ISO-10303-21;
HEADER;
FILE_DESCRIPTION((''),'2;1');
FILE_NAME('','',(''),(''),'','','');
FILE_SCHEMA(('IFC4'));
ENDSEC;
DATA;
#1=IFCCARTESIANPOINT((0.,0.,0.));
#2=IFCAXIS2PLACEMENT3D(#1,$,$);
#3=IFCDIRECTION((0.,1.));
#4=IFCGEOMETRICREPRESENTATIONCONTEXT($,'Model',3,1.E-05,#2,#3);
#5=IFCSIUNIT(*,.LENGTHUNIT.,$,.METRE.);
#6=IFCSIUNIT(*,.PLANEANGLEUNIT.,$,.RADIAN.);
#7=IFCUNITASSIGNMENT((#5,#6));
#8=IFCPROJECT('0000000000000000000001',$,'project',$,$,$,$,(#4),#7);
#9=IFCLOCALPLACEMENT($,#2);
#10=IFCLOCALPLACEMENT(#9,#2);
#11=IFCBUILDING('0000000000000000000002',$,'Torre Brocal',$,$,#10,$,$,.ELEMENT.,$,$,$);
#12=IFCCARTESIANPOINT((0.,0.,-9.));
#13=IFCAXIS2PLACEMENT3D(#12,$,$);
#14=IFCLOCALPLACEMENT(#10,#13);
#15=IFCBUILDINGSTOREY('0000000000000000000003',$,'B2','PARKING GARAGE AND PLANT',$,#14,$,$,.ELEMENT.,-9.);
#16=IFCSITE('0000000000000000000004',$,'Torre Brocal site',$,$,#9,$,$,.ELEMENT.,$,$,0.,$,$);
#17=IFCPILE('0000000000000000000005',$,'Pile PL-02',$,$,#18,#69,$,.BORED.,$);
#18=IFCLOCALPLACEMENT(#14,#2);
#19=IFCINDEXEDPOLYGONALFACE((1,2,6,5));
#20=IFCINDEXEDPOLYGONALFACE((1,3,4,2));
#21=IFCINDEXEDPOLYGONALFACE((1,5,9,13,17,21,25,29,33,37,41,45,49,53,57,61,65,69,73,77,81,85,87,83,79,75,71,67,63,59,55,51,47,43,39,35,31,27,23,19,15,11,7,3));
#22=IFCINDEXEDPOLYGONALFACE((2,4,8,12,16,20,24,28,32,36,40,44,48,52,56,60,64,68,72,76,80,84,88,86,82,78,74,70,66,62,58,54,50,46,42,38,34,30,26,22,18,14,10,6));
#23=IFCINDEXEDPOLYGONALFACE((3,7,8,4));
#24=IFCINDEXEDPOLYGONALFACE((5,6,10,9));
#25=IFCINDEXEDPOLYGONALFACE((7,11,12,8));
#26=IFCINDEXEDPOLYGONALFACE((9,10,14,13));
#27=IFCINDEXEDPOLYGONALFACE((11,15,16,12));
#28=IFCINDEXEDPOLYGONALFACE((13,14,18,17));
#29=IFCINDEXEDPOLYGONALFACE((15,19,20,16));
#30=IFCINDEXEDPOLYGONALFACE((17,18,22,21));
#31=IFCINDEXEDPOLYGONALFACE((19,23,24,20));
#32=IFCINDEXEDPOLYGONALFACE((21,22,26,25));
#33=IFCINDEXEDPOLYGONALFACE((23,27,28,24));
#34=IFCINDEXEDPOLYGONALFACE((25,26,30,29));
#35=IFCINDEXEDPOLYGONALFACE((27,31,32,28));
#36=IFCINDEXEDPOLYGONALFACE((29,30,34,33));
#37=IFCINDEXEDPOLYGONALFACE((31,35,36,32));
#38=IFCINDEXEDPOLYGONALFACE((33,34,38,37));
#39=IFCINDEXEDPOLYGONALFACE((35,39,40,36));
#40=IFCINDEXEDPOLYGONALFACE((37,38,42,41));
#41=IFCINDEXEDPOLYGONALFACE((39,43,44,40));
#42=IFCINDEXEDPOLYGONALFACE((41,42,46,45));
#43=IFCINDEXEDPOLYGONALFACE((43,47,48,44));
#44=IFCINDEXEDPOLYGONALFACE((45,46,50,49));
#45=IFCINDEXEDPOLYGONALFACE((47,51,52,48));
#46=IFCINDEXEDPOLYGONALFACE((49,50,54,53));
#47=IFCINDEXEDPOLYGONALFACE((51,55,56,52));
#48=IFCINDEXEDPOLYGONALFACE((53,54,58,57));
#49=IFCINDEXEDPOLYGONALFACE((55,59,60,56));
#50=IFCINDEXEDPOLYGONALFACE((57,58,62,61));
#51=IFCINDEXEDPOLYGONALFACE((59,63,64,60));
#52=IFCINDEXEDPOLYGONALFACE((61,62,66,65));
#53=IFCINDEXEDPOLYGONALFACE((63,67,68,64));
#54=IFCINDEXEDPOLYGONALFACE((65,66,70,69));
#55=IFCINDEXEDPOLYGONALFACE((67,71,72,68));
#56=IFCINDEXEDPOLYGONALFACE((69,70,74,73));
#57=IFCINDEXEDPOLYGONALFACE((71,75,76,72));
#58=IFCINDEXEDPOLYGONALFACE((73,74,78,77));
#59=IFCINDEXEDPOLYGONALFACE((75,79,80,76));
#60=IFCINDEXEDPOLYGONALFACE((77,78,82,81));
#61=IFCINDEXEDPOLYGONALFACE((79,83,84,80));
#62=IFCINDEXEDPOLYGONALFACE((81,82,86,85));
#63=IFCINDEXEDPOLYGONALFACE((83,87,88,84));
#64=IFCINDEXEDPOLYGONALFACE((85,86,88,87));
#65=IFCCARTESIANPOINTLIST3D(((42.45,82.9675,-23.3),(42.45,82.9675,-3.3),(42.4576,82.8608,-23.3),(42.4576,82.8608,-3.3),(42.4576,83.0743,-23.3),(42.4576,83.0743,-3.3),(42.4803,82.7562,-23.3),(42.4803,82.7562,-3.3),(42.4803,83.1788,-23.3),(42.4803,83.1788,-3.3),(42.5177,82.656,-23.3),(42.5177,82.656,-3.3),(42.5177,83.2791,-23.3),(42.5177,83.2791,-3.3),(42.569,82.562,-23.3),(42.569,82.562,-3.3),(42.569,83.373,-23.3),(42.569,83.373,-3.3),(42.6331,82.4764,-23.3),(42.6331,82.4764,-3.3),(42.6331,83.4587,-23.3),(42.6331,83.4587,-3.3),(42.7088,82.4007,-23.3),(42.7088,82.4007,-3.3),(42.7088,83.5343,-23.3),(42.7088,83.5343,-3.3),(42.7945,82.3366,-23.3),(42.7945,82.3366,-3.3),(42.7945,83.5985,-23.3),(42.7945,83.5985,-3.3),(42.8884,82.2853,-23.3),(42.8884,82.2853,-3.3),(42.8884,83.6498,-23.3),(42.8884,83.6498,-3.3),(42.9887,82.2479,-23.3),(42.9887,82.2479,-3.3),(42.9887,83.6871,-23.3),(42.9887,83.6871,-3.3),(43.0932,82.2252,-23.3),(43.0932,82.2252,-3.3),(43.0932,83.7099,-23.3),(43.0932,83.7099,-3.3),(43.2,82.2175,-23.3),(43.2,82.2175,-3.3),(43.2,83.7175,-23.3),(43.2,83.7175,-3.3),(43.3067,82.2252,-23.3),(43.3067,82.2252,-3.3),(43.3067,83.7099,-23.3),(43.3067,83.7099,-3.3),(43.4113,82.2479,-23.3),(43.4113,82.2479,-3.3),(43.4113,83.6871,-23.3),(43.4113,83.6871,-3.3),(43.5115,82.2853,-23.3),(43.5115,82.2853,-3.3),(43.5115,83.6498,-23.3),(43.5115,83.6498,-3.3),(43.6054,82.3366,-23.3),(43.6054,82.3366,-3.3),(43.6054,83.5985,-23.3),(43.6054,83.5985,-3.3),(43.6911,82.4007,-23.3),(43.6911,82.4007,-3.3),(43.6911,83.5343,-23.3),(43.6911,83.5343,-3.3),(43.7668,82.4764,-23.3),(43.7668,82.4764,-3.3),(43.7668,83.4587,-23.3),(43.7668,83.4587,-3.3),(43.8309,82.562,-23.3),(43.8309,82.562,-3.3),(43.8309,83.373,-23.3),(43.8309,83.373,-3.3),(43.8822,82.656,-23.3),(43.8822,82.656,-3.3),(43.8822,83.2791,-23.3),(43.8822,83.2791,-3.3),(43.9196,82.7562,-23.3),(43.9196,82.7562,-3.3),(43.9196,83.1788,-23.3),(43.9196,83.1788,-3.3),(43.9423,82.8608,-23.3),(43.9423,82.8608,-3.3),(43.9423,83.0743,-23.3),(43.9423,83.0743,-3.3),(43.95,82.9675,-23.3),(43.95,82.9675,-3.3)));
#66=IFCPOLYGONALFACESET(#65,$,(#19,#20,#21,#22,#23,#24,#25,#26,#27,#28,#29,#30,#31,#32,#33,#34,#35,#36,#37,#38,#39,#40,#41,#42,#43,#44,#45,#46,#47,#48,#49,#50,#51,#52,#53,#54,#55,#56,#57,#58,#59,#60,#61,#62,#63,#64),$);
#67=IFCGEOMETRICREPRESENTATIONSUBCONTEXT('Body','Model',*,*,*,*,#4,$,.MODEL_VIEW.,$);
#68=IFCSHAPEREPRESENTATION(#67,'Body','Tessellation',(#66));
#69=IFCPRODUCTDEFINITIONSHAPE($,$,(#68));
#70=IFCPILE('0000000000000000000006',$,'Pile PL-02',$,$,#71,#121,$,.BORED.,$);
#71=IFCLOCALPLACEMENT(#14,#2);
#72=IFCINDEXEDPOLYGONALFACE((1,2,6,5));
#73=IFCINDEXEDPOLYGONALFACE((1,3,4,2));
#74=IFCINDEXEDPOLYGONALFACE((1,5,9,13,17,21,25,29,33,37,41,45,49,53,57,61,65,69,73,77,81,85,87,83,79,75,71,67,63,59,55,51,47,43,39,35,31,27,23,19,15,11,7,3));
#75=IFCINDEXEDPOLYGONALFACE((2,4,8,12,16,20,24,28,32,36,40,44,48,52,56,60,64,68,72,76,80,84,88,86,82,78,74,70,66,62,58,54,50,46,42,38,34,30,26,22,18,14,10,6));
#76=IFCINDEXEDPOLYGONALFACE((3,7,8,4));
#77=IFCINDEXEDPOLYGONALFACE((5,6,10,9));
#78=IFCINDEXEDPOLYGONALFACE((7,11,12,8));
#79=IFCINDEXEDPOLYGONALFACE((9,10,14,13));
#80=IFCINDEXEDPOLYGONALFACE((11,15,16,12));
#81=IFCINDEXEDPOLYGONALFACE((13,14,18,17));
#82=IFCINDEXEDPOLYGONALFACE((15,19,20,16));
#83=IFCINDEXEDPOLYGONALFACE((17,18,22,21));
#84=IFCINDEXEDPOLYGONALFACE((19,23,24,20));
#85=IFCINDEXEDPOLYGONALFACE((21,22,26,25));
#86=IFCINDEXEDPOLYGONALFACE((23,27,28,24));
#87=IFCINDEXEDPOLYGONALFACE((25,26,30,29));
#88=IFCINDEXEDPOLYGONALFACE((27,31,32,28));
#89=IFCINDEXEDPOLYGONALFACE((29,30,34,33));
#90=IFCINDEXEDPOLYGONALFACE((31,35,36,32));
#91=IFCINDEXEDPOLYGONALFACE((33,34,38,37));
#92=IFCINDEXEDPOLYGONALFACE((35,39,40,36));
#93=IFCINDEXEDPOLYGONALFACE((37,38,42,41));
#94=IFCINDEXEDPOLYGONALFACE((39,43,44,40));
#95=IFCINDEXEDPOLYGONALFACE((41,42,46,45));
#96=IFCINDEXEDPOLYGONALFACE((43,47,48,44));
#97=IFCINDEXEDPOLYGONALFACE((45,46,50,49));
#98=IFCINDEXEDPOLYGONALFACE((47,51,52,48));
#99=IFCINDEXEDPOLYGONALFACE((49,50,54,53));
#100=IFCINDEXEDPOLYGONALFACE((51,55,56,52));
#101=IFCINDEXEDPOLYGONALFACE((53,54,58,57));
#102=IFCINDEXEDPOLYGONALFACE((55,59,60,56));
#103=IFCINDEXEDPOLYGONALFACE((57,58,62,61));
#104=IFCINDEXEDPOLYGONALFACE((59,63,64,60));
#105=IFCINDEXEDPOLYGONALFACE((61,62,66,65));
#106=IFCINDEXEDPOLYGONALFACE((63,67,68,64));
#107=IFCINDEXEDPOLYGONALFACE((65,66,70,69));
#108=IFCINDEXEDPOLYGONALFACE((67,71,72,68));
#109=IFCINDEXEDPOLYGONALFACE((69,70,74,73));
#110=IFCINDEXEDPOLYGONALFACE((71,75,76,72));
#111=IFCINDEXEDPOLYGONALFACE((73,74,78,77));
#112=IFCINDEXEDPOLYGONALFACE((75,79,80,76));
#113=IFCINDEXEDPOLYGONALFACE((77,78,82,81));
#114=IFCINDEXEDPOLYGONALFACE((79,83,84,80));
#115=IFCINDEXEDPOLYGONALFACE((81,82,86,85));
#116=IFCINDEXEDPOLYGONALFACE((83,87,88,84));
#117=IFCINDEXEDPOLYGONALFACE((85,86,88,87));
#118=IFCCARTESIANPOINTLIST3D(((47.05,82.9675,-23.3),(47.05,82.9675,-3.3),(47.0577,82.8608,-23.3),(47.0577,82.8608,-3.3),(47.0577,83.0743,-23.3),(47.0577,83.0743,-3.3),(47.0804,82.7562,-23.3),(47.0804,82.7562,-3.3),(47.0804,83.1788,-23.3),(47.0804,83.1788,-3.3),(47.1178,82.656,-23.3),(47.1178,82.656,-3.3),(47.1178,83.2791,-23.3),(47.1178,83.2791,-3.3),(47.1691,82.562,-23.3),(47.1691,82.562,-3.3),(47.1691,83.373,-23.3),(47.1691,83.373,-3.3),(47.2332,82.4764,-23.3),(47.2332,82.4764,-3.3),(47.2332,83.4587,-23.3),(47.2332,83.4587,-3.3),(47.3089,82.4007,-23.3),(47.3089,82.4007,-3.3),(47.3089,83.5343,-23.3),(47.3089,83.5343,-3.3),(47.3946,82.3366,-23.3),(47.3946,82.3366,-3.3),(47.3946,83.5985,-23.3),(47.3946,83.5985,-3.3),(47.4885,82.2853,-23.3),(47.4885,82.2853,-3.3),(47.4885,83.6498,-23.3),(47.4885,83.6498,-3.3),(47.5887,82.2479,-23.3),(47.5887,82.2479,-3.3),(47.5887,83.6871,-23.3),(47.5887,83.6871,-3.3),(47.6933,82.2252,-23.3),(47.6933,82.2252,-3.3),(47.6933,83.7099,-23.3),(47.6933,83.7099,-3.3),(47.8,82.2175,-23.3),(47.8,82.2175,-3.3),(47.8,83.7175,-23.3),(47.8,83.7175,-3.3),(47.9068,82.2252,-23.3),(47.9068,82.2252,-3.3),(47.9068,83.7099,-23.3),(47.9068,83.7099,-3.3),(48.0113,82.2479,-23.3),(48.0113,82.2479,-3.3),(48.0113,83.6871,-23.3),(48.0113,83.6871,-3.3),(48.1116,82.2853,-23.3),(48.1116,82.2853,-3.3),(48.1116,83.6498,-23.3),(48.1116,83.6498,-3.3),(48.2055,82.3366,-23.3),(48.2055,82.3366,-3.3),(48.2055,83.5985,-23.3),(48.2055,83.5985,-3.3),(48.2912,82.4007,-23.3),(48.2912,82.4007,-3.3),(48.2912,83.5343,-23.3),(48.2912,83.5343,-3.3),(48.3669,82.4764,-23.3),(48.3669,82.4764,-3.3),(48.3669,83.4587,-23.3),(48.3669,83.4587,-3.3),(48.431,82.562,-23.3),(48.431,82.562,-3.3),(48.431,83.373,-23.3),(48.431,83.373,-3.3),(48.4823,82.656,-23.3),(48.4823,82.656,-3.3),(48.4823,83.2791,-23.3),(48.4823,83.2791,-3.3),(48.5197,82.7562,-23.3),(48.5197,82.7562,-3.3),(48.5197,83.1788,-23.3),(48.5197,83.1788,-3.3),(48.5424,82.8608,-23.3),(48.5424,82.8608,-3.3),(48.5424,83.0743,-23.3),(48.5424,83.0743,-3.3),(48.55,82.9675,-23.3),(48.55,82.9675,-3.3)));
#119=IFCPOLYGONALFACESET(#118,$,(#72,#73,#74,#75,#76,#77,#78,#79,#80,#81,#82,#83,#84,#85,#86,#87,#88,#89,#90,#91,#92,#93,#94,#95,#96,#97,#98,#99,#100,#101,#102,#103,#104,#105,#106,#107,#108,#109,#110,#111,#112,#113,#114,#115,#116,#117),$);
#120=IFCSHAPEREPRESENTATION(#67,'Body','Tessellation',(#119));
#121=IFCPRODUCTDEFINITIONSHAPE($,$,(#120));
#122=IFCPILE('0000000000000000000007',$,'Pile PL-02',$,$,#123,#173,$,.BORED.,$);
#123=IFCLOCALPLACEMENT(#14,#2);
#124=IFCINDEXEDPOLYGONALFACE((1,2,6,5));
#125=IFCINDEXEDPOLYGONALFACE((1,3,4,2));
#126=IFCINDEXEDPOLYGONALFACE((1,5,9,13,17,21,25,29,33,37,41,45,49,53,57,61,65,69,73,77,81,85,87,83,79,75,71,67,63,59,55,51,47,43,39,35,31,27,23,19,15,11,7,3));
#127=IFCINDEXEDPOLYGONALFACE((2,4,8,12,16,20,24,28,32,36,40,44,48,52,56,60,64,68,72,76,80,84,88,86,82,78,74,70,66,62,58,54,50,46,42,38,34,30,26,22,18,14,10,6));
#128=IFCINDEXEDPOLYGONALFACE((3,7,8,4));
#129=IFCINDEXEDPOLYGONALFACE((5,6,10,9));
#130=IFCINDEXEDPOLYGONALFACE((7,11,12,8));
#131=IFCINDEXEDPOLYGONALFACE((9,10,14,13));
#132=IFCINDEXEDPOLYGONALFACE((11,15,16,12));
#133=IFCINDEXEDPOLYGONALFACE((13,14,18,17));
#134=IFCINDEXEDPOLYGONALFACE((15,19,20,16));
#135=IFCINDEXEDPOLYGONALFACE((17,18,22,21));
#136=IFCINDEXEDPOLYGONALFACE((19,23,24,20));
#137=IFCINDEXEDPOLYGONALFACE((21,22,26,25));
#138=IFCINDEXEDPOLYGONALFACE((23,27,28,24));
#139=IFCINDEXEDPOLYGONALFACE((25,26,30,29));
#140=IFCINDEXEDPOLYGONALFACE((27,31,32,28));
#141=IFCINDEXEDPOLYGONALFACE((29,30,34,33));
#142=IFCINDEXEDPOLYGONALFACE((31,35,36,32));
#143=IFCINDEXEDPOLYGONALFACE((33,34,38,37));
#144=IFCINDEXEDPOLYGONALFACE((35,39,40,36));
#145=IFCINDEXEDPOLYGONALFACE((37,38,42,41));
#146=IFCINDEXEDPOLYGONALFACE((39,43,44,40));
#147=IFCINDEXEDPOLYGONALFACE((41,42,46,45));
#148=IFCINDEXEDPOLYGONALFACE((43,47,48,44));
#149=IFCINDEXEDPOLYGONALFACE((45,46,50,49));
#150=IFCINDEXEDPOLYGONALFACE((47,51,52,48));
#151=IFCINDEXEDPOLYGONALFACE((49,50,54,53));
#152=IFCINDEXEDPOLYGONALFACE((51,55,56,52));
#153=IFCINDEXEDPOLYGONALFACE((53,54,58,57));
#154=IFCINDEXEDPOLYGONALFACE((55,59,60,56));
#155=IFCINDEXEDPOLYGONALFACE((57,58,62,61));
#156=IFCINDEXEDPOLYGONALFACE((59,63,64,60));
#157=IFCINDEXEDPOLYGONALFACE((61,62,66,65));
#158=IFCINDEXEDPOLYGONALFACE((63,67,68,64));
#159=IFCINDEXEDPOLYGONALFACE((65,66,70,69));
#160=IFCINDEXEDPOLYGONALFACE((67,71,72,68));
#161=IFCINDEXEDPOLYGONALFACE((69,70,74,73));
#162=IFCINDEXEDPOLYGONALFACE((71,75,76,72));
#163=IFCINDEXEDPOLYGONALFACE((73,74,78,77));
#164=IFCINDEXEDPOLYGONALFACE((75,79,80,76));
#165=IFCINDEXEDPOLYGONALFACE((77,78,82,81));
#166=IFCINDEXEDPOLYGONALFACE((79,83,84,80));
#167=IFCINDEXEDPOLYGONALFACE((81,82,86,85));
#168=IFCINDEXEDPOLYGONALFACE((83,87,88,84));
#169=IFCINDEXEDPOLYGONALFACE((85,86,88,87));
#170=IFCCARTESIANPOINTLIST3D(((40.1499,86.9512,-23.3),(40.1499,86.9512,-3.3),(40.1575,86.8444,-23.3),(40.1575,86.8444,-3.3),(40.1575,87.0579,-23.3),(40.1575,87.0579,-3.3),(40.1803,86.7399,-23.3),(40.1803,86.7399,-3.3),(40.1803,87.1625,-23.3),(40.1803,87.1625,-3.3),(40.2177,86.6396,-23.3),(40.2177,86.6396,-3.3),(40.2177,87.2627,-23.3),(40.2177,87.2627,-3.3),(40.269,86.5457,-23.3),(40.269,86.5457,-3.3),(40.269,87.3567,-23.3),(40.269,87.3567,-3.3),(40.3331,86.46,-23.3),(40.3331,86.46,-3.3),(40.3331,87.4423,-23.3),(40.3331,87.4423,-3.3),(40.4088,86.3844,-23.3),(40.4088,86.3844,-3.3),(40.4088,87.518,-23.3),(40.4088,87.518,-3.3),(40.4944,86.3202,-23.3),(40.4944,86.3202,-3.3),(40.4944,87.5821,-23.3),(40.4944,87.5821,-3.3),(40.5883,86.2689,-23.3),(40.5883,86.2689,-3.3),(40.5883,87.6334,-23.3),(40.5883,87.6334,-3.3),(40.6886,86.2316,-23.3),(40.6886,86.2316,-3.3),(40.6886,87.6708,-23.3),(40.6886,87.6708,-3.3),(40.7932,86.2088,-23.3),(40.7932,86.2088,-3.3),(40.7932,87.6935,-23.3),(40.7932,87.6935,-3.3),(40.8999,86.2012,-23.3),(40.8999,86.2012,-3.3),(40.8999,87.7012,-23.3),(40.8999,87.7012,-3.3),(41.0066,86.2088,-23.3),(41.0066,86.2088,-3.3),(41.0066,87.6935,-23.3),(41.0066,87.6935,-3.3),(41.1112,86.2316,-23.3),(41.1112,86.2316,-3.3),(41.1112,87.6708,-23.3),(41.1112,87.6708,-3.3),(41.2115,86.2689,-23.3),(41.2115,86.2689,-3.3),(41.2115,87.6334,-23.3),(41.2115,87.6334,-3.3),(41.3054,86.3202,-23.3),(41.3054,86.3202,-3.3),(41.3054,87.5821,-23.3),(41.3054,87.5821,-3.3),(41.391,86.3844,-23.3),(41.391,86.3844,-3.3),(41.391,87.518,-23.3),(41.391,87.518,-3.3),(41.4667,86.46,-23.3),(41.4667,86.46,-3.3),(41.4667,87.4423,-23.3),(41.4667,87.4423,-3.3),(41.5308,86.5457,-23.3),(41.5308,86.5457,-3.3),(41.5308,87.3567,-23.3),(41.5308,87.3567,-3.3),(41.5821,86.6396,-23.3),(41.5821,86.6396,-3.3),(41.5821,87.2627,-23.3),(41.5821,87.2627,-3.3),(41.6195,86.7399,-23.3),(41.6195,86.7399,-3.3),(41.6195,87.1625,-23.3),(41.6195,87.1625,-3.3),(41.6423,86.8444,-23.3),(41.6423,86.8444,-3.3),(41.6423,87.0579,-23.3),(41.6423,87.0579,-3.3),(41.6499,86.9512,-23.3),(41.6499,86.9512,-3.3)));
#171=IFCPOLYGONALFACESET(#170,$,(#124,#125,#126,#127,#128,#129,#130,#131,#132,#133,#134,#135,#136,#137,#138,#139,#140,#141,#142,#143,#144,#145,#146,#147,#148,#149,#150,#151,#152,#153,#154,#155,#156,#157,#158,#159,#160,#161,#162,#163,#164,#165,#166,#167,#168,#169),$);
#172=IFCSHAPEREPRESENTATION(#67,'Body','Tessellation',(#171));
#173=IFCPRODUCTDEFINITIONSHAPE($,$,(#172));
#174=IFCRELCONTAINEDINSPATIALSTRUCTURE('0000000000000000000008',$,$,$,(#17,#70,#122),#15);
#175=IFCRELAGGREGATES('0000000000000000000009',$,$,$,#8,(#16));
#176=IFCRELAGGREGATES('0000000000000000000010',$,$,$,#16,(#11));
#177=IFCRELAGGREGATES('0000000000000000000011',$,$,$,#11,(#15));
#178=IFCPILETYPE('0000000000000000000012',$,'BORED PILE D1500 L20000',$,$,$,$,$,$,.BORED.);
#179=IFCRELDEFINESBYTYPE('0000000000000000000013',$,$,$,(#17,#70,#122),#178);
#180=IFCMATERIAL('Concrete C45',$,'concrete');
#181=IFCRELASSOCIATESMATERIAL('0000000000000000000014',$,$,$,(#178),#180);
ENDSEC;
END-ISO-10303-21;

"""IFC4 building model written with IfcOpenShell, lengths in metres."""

from ifc_helpers import new_model, si_unit, direction, frame, origin, origin_2d, place, context, subcontext, project, spatial, circle, extrude, material, material_profile, profile_set, type_object, element, save


model = new_model("IFC4")

# Units and contexts
model_context = context("Model", 3, precision=1e-05, world=origin(), true_north=direction((0.0, 1.0)))
body_context = subcontext(model_context, "Body", "Model", "MODEL_VIEW")
ifc_project = project(units=[si_unit("LENGTHUNIT", "METRE"), si_unit("PLANEANGLEUNIT", "RADIAN")], contexts=[model_context])

# Site, building, storey
site_placement = place(None, origin())
site = spatial("IfcSite", under=ifc_project, at=site_placement, Name="Torre Brocal site", CompositionType="ELEMENT", RefElevation=0.0)
building_placement = place(site_placement, origin())
building = spatial("IfcBuilding", under=site, at=building_placement, Name="Torre Brocal", CompositionType="ELEMENT")
storey_placement = place(building_placement, frame((0.0, 0.0, -9.0)))
storey = spatial("IfcBuildingStorey", under=building, at=storey_placement, Name="B2", Description="PARKING GARAGE AND PLANT", CompositionType="ELEMENT", Elevation=-9.0)

# Piles
ifc_material_1 = material(Name="Concrete C45", Category="concrete")
ifc_material_profile_1 = material_profile(ifc_material_1, circle(Radius=0.75, at=origin_2d()), Name="BORED PILE D1500")
ifc_profile_set_1 = profile_set([ifc_material_profile_1], Name="Concrete C45")
pile_type_1 = type_object("IfcPileType", Name="BORED PILE D1500 L20000", PredefinedType="BORED", material=ifc_profile_set_1)
for number, where, z_axis, x_axis, name in (
    (1, (43.2, 82.9675, -3.3), (0.0, 0.0, -1.0), (1.0, 0.0, 0.0), "Pile PL-02"),
    (2, (47.8, 82.9675, -3.3), (0.0, 0.0, -1.0), (1.0, 0.0, 0.0), "Pile PL-02"),
    (3, (40.8999, 86.9512, -3.3), (0.0, 0.0, -1.0), (1.0, 0.0, 0.0), "Pile PL-02"),
):
    element("IfcPile", number, at=place(storey_placement, frame(where, z_axis=z_axis, x_axis=x_axis)), inside=storey, type_object=pile_type_1, Name=name, PredefinedType="BORED", context=body_context, shape_type="SweptSolid", body=[
        extrude(circle(Radius=0.75, at=origin_2d()), origin(), (0.0, 0.0, 1.0), 20.0),
    ])

save(model, "model.ifc")
